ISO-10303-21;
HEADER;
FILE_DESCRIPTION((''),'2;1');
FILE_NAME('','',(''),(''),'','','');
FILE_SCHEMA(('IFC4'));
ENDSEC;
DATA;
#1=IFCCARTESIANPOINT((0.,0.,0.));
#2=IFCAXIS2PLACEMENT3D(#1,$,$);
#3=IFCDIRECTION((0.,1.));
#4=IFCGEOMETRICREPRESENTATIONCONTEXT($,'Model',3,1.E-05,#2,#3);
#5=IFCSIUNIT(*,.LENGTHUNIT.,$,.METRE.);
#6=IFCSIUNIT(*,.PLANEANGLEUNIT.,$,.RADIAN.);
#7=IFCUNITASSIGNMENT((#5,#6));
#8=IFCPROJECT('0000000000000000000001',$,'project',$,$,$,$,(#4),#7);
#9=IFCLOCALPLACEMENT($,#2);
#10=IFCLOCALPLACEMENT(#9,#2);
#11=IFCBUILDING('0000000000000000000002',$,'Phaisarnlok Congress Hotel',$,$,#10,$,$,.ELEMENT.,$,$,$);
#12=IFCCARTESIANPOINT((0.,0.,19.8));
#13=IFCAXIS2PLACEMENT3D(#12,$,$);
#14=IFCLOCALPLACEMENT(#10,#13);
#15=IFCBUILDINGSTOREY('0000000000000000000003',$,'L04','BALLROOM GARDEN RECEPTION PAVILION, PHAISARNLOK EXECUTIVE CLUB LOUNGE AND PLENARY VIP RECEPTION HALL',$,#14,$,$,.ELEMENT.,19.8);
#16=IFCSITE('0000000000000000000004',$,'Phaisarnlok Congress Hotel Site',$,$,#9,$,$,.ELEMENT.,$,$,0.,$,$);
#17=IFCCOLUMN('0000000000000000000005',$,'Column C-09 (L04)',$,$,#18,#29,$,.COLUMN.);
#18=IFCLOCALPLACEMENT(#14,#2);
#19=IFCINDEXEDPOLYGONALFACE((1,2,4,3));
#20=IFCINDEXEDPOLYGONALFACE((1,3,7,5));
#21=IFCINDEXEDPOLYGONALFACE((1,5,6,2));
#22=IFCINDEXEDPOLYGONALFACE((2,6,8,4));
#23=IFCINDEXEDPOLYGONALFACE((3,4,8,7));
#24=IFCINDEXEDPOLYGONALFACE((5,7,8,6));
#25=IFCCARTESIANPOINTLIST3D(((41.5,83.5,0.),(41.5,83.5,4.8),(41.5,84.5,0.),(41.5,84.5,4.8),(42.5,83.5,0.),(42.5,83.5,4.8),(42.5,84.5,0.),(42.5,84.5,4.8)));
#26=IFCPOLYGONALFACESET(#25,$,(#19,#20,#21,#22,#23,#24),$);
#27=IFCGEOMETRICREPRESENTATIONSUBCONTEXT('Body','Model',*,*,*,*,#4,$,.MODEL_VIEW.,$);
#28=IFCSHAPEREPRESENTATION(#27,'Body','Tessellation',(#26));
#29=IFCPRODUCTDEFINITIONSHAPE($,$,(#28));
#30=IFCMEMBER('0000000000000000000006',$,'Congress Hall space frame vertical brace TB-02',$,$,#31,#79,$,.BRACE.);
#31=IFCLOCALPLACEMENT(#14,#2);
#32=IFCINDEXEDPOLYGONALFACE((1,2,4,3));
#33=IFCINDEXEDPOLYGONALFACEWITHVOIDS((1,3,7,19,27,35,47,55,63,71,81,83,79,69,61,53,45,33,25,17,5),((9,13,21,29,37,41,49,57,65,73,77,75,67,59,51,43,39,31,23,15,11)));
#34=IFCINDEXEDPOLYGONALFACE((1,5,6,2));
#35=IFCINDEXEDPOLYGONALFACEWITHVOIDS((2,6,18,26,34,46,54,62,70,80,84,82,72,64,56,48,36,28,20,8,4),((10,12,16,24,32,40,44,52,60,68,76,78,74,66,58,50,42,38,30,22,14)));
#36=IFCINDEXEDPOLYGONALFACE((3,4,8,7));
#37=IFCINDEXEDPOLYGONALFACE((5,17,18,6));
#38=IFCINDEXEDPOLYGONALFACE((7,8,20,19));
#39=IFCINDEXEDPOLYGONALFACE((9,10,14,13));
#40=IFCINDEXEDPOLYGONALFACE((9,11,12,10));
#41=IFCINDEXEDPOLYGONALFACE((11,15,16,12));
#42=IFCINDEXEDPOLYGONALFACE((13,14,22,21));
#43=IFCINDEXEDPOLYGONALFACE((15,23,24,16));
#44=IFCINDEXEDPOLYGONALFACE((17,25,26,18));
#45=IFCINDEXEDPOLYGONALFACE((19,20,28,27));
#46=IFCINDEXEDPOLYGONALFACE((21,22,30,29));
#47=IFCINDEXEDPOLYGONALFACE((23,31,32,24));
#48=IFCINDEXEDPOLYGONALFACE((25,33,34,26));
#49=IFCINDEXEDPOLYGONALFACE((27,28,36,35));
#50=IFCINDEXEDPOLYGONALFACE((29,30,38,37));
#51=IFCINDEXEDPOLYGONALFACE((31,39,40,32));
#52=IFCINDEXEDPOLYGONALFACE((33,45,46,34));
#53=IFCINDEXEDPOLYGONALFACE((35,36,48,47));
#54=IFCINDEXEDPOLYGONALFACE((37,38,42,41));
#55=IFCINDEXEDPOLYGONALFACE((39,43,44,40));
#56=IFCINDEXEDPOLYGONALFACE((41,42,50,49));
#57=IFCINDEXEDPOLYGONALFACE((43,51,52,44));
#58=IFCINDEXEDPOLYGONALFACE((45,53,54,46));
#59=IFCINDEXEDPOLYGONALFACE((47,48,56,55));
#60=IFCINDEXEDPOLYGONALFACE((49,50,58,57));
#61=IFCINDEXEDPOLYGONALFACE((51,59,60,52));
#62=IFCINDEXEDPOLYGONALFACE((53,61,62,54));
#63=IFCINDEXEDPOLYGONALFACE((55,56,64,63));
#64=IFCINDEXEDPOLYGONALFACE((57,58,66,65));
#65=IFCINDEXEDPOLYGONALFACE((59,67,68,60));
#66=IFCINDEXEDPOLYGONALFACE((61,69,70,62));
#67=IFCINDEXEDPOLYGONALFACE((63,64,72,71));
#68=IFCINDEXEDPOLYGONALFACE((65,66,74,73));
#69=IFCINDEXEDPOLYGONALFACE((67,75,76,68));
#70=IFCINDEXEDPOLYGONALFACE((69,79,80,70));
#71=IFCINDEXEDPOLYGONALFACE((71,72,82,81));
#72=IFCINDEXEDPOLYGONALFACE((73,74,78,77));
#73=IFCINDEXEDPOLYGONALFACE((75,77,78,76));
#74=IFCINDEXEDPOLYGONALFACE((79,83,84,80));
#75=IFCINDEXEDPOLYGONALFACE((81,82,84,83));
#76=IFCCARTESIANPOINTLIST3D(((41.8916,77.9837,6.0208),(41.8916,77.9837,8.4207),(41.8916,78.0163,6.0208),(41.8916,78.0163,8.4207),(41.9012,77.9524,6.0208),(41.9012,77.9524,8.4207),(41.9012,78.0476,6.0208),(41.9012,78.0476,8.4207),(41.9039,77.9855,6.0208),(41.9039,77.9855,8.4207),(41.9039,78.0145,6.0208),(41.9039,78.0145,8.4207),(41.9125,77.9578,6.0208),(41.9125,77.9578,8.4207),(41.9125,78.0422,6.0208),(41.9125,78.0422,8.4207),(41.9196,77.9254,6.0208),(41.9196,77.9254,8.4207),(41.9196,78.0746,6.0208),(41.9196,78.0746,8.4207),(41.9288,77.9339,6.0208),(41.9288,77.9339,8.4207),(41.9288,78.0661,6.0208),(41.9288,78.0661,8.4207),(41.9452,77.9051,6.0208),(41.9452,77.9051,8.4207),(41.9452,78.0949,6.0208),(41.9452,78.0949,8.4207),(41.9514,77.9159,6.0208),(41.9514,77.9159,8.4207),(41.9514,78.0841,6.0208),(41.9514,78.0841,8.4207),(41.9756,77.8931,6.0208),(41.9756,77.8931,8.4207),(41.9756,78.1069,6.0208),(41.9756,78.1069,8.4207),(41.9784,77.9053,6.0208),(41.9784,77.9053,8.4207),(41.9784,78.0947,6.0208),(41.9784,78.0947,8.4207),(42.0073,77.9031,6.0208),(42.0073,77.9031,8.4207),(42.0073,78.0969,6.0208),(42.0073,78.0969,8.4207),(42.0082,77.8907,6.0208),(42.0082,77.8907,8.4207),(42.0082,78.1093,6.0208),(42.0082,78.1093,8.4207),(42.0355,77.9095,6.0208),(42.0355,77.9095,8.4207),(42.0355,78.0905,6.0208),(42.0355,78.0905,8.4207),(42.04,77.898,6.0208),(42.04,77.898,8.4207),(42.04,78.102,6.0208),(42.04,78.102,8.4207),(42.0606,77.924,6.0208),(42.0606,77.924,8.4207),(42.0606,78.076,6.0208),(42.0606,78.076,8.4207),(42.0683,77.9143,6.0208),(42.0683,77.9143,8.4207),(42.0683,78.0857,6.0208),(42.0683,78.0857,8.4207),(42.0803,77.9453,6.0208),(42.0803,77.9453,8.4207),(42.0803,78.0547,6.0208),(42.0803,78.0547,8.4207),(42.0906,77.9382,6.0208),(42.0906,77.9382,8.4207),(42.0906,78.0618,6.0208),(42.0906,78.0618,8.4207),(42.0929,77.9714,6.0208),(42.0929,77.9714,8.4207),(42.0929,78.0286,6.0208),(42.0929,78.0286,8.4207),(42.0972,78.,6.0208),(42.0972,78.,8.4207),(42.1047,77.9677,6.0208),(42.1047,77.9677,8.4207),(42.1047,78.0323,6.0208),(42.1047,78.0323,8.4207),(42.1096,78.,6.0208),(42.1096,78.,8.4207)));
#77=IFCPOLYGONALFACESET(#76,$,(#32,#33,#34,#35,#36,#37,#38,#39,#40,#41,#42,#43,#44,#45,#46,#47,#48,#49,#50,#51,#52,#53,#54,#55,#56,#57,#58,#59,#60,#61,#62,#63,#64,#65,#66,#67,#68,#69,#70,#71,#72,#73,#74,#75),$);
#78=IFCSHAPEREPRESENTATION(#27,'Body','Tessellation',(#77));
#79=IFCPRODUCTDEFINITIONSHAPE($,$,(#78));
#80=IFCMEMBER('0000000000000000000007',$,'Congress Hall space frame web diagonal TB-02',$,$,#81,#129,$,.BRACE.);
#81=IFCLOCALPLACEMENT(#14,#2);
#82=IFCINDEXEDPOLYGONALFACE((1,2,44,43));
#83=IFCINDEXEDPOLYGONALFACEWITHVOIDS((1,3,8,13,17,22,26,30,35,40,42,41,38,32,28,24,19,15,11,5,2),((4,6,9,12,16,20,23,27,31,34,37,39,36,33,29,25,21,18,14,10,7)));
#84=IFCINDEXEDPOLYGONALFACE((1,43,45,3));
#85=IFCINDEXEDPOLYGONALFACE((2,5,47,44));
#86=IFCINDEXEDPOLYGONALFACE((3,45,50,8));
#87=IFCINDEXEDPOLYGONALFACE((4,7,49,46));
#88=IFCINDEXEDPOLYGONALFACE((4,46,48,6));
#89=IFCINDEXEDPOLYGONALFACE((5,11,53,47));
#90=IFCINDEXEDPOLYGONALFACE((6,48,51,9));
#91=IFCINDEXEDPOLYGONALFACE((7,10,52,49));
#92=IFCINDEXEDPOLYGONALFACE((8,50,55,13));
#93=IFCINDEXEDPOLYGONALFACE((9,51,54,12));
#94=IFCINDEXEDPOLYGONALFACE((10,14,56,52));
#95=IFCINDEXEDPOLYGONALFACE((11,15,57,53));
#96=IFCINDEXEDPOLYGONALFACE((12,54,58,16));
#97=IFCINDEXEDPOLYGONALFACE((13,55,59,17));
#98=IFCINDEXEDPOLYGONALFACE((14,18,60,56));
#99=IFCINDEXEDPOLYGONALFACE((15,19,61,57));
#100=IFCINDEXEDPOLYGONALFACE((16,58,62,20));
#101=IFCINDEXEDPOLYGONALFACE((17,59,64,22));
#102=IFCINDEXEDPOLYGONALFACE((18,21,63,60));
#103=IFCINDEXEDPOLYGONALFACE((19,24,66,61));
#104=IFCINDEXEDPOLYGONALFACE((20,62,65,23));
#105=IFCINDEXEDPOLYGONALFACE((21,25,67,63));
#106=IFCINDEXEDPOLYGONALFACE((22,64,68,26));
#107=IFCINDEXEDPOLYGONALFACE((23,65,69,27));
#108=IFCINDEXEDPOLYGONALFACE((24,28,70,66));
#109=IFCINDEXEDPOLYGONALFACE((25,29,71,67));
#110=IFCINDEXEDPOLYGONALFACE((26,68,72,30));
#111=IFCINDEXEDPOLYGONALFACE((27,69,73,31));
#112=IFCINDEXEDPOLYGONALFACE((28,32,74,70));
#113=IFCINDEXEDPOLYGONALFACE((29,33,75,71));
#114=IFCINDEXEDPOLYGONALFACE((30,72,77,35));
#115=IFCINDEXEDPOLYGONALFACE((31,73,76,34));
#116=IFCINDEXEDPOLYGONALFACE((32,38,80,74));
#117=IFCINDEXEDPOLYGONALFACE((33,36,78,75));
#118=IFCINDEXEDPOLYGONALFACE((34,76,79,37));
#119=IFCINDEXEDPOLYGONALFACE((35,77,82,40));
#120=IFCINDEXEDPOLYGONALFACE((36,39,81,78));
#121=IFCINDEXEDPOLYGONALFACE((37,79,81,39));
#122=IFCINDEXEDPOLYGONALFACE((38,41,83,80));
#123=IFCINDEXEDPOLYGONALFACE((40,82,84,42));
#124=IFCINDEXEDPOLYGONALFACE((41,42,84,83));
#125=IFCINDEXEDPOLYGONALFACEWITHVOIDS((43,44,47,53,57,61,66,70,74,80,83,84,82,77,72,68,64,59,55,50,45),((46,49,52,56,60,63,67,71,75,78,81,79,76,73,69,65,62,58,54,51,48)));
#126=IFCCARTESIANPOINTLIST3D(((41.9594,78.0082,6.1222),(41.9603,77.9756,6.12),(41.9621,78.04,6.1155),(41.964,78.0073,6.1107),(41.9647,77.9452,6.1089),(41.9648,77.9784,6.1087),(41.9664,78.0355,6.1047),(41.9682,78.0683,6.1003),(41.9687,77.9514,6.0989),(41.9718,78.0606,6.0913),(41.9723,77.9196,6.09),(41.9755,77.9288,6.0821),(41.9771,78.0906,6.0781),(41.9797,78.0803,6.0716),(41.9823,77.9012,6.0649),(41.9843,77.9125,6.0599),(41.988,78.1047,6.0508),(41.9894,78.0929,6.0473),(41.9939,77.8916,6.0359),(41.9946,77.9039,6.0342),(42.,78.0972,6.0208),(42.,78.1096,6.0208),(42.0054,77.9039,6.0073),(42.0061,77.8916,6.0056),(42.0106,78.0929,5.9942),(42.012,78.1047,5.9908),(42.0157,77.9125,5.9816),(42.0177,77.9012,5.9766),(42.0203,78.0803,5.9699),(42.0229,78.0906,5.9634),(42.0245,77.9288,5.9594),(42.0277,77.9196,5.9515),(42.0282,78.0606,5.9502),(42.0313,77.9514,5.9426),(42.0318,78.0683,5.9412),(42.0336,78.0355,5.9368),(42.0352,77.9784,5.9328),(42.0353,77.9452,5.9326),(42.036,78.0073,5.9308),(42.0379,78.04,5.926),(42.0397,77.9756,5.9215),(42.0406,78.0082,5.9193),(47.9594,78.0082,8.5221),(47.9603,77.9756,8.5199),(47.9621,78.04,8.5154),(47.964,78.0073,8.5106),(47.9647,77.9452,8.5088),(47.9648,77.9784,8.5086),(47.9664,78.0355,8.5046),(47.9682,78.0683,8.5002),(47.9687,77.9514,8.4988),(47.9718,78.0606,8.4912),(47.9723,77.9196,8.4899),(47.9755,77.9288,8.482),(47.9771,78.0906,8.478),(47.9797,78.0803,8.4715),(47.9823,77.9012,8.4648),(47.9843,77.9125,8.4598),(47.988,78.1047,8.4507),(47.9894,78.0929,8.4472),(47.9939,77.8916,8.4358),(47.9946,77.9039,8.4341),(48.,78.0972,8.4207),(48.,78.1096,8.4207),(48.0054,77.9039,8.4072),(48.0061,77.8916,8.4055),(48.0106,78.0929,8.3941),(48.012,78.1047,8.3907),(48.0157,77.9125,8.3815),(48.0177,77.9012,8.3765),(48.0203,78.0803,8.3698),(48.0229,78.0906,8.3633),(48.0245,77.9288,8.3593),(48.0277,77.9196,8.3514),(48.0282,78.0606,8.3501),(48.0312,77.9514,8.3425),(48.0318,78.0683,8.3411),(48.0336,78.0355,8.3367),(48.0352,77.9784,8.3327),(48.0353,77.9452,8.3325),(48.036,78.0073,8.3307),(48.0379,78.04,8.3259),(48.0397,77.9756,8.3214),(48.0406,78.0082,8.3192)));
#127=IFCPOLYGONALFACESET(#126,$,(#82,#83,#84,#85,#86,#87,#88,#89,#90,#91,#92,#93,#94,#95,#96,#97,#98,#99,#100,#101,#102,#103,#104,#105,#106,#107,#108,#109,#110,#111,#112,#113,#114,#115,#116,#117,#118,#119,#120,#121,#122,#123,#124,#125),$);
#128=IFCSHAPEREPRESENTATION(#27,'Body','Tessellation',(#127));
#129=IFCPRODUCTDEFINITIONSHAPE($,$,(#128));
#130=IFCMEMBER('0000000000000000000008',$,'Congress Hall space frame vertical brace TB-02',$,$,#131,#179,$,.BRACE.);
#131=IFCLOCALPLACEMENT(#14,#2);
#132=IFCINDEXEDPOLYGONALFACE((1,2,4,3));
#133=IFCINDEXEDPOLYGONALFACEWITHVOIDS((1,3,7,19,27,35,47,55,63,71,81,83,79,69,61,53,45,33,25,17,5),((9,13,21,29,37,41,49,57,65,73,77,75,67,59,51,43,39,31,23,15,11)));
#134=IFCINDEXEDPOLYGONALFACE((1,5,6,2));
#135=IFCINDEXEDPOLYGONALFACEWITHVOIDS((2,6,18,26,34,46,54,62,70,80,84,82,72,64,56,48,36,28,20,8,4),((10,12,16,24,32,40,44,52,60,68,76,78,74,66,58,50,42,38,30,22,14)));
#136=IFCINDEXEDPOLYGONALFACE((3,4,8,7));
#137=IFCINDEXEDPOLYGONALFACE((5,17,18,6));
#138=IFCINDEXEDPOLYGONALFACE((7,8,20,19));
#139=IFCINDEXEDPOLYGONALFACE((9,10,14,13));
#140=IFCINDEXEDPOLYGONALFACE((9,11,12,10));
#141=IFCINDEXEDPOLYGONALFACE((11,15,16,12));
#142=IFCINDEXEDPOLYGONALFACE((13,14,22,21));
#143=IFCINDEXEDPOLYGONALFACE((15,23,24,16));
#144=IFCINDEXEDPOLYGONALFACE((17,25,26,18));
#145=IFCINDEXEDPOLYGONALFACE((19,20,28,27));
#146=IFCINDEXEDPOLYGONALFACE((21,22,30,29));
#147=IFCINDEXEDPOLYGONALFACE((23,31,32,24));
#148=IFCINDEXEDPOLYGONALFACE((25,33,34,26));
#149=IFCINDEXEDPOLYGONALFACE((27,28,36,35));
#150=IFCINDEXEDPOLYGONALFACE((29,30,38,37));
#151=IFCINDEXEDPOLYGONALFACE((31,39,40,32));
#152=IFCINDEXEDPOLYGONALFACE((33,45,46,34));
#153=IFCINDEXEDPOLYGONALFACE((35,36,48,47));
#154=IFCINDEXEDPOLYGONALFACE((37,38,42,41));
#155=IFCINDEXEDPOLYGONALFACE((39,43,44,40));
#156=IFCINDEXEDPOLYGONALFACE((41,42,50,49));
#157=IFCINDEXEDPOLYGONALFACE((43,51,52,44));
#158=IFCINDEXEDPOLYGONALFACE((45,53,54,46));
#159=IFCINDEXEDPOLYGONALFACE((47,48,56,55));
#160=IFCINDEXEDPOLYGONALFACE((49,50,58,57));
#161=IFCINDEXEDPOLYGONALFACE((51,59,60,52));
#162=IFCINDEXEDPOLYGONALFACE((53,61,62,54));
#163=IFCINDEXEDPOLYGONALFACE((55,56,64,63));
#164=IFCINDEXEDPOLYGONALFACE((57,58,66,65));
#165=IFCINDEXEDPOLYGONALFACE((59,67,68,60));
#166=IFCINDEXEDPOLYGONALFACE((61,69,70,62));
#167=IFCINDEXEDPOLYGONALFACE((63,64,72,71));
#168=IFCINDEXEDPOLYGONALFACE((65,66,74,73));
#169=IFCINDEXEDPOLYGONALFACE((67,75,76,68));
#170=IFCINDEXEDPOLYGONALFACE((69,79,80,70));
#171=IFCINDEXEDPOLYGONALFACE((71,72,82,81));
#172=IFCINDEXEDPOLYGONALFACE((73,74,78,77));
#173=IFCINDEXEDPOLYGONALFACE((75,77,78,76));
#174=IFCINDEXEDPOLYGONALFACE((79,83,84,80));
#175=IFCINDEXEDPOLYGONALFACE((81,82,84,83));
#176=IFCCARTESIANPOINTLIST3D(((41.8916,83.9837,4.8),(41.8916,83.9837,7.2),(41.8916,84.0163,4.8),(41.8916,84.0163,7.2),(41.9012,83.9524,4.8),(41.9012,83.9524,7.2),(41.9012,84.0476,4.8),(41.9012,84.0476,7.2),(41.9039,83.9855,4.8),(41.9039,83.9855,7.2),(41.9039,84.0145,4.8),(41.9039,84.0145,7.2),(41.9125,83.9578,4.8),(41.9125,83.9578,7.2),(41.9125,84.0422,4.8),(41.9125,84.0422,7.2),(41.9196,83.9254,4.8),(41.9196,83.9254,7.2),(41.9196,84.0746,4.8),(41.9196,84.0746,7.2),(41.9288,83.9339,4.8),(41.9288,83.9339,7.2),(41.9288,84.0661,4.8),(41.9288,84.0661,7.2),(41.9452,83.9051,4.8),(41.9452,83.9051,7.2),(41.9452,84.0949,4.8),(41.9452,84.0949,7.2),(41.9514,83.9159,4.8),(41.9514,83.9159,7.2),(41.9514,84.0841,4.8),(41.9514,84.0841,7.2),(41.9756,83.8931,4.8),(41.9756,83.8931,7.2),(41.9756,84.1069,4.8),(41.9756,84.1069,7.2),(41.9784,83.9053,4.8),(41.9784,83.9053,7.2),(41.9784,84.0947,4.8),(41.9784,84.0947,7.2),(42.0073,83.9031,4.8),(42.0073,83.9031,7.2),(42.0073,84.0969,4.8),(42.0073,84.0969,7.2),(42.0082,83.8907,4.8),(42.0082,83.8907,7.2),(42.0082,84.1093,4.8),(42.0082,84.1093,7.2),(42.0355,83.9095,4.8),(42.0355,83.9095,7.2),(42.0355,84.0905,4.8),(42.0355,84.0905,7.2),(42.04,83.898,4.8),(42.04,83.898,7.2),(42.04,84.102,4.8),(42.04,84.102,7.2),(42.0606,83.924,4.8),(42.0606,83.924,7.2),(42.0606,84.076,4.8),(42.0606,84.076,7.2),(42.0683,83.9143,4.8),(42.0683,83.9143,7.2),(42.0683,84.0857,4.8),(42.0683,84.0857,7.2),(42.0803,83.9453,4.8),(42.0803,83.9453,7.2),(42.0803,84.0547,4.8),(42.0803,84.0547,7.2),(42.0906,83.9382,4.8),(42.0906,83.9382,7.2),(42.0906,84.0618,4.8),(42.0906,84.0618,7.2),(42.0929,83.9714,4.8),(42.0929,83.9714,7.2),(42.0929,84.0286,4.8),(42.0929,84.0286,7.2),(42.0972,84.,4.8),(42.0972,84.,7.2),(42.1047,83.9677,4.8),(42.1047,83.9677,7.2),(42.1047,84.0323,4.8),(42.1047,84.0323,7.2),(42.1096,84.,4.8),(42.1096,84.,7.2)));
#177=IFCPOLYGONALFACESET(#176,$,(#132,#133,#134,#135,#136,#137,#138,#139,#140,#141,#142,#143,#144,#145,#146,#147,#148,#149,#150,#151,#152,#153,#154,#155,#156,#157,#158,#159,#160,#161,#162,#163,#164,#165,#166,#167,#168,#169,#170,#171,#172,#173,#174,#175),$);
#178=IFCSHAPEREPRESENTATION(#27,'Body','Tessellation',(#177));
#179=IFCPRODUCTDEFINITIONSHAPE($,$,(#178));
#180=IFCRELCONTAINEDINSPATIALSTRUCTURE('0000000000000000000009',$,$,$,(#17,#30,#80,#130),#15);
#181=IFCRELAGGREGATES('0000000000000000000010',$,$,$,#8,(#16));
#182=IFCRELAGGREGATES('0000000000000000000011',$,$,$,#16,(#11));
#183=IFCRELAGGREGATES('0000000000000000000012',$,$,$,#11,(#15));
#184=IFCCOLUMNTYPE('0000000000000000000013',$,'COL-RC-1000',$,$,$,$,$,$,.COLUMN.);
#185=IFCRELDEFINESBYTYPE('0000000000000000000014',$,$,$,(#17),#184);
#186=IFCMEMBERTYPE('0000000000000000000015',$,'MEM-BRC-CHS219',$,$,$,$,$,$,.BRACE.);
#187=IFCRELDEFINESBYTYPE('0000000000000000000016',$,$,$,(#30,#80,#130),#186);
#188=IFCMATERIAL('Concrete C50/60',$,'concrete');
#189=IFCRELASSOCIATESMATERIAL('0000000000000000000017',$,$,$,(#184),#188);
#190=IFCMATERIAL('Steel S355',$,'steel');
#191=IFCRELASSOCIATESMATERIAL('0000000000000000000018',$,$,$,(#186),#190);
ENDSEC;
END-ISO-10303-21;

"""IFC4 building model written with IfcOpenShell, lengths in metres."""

from ifc_helpers import new_model, si_unit, direction, frame, origin, origin_2d, place, context, subcontext, project, spatial, rectangle, hollow_circle, extrude, material, material_profile, profile_set, type_object, element, save


model = new_model("IFC4")

# Units and contexts
model_context = context("Model", 3, precision=1e-05, world=origin(), true_north=direction((0.0, 1.0)))
body_context = subcontext(model_context, "Body", "Model", "MODEL_VIEW")
ifc_project = project(units=[si_unit("LENGTHUNIT", "METRE"), si_unit("PLANEANGLEUNIT", "RADIAN")], contexts=[model_context])

# Site, building, storey
site_placement = place(None, origin())
site = spatial("IfcSite", under=ifc_project, at=site_placement, Name="Phaisarnlok Congress Hotel Site", CompositionType="ELEMENT", RefElevation=0.0)
building_placement = place(site_placement, origin())
building = spatial("IfcBuilding", under=site, at=building_placement, Name="Phaisarnlok Congress Hotel", CompositionType="ELEMENT")
storey_placement = place(building_placement, frame((0.0, 0.0, 19.8)))
storey = spatial("IfcBuildingStorey", under=building, at=storey_placement, Name="L04", Description="BALLROOM GARDEN RECEPTION PAVILION, PHAISARNLOK EXECUTIVE CLUB LOUNGE AND PLENARY VIP RECEPTION HALL", CompositionType="ELEMENT", Elevation=19.8)

# Column
ifc_material_1 = material(Name="Concrete C50/60", Category="concrete")
ifc_material_profile_1 = material_profile(ifc_material_1, rectangle(XDim=1.0, YDim=1.0, at=origin_2d()), Name="RC 1000x1000")
ifc_profile_set_1 = profile_set([ifc_material_profile_1], Name="Concrete C50/60")
column_type = type_object("IfcColumnType", Name="COL-RC-1000", PredefinedType="COLUMN", material=ifc_profile_set_1)
column_placement = place(storey_placement, frame((42.0, 84.0, 0.0), z_axis=(0.0, 0.0, 1.0), x_axis=(1.0, 0.0, 0.0)))
element("IfcColumn", 1, at=column_placement, inside=storey, type_object=column_type, Name="Column C-09 (L04)", PredefinedType="COLUMN", context=body_context, shape_type="SweptSolid", body=[
    extrude(rectangle(XDim=1.0, YDim=1.0, at=origin_2d()), origin(), (0.0, 0.0, 1.0), 4.8),
])

# Members
ifc_material_2 = material(Name="Steel S355", Category="steel")
ifc_material_profile_2 = material_profile(ifc_material_2, hollow_circle(Radius=0.1096, WallThickness=0.0125, at=origin_2d()), Name="CHS 219.1x12.5")
ifc_profile_set_2 = profile_set([ifc_material_profile_2], Name="Steel S355")
member_type_1 = type_object("IfcMemberType", Name="MEM-BRC-CHS219", PredefinedType="BRACE", material=ifc_profile_set_2)
member_1_placement = place(storey_placement, frame((42.0, 78.0, 6.0208), z_axis=(0.0, 0.0, 1.0), x_axis=(1.0, 0.0, 0.0)))
element("IfcMember", 2, at=member_1_placement, inside=storey, type_object=member_type_1, Name="Congress Hall space frame vertical brace TB-02", PredefinedType="BRACE", context=body_context, shape_type="SweptSolid", body=[
    extrude(hollow_circle(Radius=0.1096, WallThickness=0.0125, at=origin_2d()), origin(), (0.0, 0.0, 1.0), 2.3999),
])
member_2_placement = place(storey_placement, frame((42.0, 78.0, 6.0208), z_axis=(0.928482, 0.0, 0.371378), x_axis=(0.0, 1.0, 0.0)))
element("IfcMember", 3, at=member_2_placement, inside=storey, type_object=member_type_1, Name="Congress Hall space frame web diagonal TB-02", PredefinedType="BRACE", context=body_context, shape_type="SweptSolid", body=[
    extrude(hollow_circle(Radius=0.1096, WallThickness=0.0125, at=origin_2d()), origin(), (0.0, 0.0, 1.0), 6.4622),
])
member_3_placement = place(storey_placement, frame((42.0, 84.0, 4.8), z_axis=(0.0, 0.0, 1.0), x_axis=(1.0, 0.0, 0.0)))
element("IfcMember", 4, at=member_3_placement, inside=storey, type_object=member_type_1, Name="Congress Hall space frame vertical brace TB-02", PredefinedType="BRACE", context=body_context, shape_type="SweptSolid", body=[
    extrude(hollow_circle(Radius=0.1096, WallThickness=0.0125, at=origin_2d()), origin(), (0.0, 0.0, 1.0), 2.3999),
])

save(model, "model.ifc")
